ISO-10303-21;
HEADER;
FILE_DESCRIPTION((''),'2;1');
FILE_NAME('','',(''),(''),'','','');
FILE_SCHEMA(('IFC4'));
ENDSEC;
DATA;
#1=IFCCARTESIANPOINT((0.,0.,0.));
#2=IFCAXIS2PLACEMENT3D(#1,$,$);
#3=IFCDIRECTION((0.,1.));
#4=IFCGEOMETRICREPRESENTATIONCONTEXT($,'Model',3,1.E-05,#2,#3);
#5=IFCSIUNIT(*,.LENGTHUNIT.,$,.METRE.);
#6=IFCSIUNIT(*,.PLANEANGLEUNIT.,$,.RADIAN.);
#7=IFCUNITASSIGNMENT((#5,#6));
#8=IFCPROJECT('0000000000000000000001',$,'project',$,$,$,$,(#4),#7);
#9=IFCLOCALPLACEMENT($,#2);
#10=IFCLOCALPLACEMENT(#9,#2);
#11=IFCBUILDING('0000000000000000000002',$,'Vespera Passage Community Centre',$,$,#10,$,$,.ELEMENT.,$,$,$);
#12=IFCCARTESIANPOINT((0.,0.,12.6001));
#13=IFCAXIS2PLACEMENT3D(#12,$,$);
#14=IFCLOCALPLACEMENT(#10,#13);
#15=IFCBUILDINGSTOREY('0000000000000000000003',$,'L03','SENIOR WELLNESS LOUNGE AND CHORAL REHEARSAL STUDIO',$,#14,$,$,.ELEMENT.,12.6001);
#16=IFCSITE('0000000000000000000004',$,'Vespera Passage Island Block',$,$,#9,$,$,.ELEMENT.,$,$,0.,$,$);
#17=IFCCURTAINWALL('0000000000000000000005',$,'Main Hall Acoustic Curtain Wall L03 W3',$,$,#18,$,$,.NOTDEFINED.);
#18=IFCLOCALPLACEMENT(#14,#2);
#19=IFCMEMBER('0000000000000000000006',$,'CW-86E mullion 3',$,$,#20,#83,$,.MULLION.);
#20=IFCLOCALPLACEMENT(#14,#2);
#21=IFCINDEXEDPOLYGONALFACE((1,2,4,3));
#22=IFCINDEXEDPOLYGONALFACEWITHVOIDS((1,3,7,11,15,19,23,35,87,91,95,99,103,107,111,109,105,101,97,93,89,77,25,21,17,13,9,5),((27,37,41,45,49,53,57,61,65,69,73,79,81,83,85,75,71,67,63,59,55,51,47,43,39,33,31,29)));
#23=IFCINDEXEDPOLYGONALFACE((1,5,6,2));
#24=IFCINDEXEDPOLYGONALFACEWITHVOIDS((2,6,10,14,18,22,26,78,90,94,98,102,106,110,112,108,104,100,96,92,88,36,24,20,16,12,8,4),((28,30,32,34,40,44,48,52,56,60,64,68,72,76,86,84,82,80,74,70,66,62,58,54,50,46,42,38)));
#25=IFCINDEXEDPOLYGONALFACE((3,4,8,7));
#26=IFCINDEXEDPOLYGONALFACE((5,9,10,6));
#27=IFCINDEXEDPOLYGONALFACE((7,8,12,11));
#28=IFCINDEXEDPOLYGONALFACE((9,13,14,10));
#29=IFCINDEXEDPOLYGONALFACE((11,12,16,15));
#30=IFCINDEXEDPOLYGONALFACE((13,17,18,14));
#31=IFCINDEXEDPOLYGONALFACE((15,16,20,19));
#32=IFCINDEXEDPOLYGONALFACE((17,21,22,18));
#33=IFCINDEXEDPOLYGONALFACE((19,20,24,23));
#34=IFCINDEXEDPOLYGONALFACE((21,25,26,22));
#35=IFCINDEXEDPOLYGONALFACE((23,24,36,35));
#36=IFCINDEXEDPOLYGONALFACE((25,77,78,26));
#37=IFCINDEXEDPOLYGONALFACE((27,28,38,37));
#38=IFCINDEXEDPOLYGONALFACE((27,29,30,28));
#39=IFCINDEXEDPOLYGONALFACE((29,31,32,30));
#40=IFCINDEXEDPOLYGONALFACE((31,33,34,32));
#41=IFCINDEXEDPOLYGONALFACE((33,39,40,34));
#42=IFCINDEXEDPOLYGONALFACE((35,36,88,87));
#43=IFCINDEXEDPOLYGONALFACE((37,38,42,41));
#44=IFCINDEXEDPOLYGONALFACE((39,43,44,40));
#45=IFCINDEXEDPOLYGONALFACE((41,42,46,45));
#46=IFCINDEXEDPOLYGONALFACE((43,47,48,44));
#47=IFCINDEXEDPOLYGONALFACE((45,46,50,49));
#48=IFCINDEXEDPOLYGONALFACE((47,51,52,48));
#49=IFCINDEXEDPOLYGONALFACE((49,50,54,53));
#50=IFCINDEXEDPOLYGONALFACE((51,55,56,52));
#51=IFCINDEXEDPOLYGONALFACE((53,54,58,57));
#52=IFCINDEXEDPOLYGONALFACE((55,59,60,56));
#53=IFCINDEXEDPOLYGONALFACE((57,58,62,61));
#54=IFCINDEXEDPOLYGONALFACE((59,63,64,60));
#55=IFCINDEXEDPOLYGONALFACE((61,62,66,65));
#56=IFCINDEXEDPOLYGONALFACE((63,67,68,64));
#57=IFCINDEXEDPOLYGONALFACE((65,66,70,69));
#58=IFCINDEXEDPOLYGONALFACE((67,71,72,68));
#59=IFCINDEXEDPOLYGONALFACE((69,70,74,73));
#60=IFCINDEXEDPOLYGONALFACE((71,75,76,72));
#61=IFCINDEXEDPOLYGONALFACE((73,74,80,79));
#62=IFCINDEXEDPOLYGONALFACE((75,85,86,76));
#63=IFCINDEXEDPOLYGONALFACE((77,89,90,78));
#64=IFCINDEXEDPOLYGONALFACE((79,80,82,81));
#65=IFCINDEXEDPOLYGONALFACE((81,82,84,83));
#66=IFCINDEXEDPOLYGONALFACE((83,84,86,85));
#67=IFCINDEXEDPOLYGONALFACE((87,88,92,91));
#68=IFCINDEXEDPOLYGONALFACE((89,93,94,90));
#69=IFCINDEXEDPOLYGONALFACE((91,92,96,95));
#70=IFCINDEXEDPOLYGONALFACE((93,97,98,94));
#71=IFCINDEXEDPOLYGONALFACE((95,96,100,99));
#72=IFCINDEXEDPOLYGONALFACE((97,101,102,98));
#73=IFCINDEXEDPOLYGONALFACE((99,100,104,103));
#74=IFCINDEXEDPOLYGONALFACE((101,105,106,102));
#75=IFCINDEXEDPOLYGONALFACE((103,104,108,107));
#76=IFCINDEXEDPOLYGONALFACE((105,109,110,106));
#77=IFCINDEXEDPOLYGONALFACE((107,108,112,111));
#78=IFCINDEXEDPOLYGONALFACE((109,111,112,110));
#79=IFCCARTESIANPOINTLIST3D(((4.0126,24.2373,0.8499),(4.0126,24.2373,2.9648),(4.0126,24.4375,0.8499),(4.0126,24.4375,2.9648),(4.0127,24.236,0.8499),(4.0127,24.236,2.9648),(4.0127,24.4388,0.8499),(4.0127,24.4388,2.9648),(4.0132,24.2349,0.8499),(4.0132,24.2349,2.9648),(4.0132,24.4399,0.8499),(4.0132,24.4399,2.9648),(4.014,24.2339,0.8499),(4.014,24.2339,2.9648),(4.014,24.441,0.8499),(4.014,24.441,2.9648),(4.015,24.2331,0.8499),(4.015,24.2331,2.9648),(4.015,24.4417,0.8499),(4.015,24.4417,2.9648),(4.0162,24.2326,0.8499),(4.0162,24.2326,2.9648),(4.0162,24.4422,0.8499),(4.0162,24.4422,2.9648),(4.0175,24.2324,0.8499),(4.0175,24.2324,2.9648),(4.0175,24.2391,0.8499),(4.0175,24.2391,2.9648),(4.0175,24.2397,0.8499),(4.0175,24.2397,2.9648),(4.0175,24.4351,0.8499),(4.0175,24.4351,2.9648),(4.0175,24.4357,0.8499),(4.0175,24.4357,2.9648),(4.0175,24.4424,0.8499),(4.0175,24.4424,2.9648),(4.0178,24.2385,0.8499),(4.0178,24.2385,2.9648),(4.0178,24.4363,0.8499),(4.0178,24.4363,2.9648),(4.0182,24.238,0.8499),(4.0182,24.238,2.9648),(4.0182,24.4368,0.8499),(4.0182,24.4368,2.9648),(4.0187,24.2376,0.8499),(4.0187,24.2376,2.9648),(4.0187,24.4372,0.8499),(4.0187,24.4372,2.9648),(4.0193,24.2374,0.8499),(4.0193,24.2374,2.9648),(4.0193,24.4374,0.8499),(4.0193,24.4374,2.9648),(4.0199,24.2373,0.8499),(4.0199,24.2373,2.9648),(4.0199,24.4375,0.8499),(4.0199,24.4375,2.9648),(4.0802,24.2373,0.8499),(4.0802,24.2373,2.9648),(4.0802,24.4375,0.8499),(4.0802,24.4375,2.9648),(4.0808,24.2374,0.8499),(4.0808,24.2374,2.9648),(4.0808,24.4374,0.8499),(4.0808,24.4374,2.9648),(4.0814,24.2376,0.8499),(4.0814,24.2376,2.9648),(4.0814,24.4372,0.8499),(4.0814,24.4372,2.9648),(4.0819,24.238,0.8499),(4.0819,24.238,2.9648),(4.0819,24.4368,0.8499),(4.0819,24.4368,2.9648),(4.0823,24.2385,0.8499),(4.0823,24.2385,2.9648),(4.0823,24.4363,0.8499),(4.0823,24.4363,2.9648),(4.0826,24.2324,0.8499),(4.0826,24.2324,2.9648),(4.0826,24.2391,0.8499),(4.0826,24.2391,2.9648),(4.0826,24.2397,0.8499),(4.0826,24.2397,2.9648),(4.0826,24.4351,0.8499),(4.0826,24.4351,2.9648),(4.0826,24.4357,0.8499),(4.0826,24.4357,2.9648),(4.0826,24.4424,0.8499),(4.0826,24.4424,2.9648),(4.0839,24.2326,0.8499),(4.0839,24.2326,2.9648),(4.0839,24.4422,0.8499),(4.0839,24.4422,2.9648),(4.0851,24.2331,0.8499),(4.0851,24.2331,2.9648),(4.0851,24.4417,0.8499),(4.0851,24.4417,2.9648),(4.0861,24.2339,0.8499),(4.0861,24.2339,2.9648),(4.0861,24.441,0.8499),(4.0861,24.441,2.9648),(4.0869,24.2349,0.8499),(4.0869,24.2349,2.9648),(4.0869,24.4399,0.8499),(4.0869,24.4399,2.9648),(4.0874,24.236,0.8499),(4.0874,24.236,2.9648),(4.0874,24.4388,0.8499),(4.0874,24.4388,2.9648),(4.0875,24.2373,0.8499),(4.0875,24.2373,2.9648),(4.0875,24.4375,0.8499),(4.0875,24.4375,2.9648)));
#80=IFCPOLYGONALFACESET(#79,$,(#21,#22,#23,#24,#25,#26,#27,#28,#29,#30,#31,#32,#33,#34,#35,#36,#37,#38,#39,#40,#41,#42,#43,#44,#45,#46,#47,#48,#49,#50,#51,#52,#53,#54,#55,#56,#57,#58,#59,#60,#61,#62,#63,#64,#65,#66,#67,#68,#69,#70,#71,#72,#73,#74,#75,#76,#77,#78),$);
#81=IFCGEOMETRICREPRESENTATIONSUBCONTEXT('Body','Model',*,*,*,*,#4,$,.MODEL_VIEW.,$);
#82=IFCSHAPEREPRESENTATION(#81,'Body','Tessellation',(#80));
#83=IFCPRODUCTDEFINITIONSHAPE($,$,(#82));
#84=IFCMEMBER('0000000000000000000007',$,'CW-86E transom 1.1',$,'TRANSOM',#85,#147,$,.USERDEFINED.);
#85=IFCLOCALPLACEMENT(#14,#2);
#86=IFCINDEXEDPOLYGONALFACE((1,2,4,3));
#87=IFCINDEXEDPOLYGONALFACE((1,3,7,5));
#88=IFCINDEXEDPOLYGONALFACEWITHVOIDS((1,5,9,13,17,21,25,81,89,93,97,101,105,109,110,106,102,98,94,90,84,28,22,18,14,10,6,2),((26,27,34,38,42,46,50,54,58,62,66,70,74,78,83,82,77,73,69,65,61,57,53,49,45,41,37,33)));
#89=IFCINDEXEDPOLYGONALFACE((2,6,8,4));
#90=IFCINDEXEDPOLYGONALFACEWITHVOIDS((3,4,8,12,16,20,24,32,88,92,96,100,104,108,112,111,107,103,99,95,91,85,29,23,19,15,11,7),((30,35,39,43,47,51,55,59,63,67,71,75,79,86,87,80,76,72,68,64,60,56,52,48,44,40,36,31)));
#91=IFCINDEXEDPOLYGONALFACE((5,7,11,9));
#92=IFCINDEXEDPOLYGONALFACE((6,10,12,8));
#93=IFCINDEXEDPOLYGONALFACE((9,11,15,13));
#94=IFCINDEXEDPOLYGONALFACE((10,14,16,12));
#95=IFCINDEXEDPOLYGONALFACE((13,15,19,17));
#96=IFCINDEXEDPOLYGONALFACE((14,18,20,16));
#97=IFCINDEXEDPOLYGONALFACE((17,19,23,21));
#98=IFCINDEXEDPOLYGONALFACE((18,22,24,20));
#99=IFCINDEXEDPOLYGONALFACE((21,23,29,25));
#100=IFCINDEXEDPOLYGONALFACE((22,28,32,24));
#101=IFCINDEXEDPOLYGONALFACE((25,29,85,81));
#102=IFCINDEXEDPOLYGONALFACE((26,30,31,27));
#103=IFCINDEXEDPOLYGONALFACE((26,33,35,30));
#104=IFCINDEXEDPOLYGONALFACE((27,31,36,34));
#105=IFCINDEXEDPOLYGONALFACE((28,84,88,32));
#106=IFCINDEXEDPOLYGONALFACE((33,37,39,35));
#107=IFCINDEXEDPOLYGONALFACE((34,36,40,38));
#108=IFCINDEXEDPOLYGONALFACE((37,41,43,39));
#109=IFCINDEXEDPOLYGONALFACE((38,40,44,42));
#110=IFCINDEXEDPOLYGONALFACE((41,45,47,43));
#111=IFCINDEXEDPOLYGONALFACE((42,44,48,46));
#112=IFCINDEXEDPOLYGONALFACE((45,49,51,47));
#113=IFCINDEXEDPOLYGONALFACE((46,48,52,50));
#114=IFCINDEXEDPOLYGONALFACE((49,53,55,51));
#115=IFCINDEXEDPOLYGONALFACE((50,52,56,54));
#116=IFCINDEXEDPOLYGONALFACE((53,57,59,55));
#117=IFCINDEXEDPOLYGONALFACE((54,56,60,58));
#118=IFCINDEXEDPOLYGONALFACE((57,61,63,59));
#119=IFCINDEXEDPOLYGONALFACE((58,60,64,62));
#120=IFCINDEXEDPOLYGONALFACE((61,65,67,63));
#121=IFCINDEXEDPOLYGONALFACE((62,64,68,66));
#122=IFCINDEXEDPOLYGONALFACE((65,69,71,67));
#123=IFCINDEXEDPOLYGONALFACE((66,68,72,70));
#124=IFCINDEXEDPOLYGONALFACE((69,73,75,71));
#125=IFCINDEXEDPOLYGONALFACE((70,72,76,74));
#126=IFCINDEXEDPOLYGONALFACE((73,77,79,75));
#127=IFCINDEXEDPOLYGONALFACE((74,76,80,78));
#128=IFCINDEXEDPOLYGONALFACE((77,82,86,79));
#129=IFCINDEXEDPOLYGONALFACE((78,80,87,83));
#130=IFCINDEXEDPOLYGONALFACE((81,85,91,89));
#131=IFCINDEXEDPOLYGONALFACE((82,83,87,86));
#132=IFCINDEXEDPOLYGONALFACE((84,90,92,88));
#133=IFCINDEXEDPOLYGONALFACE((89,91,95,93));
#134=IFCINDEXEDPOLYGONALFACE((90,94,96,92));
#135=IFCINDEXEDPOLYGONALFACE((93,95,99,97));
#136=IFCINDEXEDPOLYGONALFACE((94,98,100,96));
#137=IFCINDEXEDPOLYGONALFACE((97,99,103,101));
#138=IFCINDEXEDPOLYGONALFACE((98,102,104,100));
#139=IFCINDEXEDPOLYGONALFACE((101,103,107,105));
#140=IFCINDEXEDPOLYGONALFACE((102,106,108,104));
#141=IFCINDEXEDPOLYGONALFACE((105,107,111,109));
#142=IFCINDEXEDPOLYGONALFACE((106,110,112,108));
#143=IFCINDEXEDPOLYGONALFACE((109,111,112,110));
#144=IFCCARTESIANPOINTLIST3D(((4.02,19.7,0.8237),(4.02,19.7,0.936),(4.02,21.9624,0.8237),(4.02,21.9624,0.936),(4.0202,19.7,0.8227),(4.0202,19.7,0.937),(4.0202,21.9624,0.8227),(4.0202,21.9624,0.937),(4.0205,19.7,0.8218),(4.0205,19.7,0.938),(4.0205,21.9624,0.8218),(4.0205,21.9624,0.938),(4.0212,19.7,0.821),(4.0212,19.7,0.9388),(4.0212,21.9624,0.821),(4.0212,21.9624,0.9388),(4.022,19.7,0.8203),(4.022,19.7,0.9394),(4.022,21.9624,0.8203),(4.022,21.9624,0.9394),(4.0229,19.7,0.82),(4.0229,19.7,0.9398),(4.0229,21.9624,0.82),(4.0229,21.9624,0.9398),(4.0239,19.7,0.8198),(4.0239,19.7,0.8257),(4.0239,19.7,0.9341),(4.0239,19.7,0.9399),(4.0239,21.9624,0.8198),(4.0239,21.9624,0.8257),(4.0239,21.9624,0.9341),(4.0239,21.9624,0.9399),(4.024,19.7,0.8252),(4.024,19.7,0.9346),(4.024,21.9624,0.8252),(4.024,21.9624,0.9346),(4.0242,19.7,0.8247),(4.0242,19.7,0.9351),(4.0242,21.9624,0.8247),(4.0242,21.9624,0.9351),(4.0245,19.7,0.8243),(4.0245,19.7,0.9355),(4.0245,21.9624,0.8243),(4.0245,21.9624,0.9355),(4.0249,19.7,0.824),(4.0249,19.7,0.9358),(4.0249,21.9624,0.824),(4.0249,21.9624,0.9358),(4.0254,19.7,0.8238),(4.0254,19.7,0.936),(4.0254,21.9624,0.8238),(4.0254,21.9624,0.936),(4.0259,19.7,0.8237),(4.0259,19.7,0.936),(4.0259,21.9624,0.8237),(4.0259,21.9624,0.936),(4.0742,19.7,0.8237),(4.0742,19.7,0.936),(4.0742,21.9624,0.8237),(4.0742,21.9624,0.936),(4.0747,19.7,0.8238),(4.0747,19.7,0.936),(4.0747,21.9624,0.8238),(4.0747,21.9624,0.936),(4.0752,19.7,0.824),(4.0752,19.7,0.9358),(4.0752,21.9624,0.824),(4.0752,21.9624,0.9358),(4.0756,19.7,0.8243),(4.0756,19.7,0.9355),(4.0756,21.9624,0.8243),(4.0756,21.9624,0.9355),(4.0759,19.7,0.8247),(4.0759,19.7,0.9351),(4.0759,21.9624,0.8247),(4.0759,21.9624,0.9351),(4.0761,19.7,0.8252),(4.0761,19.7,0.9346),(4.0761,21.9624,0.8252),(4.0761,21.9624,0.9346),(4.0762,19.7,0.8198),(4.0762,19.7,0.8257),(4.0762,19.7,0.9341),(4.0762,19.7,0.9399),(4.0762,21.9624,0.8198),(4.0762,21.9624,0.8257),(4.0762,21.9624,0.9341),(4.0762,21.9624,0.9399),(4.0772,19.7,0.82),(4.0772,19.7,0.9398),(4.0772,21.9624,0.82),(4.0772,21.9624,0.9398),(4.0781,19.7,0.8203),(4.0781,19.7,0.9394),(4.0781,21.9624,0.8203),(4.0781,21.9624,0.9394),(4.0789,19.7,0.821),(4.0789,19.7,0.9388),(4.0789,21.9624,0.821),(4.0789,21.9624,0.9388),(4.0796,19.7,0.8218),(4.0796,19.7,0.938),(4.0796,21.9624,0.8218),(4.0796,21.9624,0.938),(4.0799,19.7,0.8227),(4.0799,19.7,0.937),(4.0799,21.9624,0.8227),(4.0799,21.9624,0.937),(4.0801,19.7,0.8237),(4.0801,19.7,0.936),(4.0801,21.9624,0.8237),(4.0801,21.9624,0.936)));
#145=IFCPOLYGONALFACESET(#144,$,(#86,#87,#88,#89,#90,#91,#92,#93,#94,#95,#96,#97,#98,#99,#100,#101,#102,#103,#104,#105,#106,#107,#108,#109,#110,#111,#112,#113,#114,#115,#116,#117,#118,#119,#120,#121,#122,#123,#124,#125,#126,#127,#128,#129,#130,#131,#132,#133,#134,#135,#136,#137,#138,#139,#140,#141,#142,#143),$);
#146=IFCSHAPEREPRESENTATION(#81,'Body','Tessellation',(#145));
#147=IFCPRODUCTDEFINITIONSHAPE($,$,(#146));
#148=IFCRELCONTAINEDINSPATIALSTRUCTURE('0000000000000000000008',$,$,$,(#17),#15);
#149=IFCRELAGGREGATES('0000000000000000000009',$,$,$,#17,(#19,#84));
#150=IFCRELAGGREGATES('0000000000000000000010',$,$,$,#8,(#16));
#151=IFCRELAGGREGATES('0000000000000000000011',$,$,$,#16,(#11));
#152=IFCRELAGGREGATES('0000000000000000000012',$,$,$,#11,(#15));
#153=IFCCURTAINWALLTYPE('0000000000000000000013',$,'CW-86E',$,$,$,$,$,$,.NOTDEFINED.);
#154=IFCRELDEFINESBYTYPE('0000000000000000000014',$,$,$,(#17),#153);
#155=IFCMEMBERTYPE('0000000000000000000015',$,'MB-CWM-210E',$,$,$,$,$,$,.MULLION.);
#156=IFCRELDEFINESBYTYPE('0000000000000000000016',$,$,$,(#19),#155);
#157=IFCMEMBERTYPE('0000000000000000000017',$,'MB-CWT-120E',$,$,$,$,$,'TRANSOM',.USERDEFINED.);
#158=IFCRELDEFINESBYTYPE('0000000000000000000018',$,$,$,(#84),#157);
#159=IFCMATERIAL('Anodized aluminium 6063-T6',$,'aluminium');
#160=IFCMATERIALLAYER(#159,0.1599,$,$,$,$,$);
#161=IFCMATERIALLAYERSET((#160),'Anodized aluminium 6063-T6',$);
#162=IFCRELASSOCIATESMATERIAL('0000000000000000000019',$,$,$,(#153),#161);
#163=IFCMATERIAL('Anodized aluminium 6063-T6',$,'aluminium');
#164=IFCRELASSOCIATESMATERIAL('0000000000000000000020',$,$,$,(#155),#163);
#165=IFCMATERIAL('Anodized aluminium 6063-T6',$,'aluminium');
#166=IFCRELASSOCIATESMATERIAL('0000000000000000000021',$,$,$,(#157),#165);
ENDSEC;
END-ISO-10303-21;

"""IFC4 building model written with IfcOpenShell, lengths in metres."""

from ifc_helpers import new_model, si_unit, direction, frame, origin, origin_2d, place, context, subcontext, project, spatial, hollow_rectangle, extrude, material, layer, layer_set, material_profile, profile_set, type_object, element, aggregate, save


model = new_model("IFC4")

# Units and contexts
model_context = context("Model", 3, precision=1e-05, world=origin(), true_north=direction((0.0, 1.0)))
body_context = subcontext(model_context, "Body", "Model", "MODEL_VIEW")
ifc_project = project(units=[si_unit("LENGTHUNIT", "METRE"), si_unit("PLANEANGLEUNIT", "RADIAN")], contexts=[model_context])

# Site, building, storey
site_placement = place(None, origin())
site = spatial("IfcSite", under=ifc_project, at=site_placement, Name="Vespera Passage Island Block", CompositionType="ELEMENT", RefElevation=0.0)
building_placement = place(site_placement, origin())
building = spatial("IfcBuilding", under=site, at=building_placement, Name="Vespera Passage Community Centre", CompositionType="ELEMENT")
storey_placement = place(building_placement, frame((0.0, 0.0, 12.6001)))
storey = spatial("IfcBuildingStorey", under=building, at=storey_placement, Name="L03", Description="SENIOR WELLNESS LOUNGE AND CHORAL REHEARSAL STUDIO", CompositionType="ELEMENT", Elevation=12.6001)

# Shared definitions
ifc_material_1 = material(Name="Anodized aluminium 6063-T6", Category="aluminium")
ifc_layer_1 = layer(ifc_material_1, 0.1599)
ifc_layer_set_1 = layer_set([ifc_layer_1], Name="Anodized aluminium 6063-T6")
curtain_wall_type = type_object("IfcCurtainWallType", Name="CW-86E", PredefinedType="NOTDEFINED", material=ifc_layer_set_1)
ifc_material_2 = material(Name="Anodized aluminium 6063-T6", Category="aluminium")
ifc_material_profile_1 = material_profile(ifc_material_2, hollow_rectangle(XDim=0.075, YDim=0.21, WallThickness=0.0049, InnerFilletRadius=0.0024, OuterFilletRadius=0.0049, at=origin_2d()), Name="ALU210X75X5")
ifc_profile_set_1 = profile_set([ifc_material_profile_1], Name="Anodized aluminium 6063-T6")
member_type_1 = type_object("IfcMemberType", Name="MB-CWM-210E", PredefinedType="MULLION", material=ifc_profile_set_1)

# Curtain wall, members
curtain_wall_1_placement = place(storey_placement, origin())
curtain_wall_1 = element("IfcCurtainWall", 1, at=curtain_wall_1_placement, inside=storey, type_object=curtain_wall_type, Name="Main Hall Acoustic Curtain Wall L03 W3", PredefinedType="NOTDEFINED")
member_1_placement = place(storey_placement, frame((4.05, 24.3374, 0.8499), z_axis=(0.0, 0.0, 1.0), x_axis=(-1.0, 0.0, 0.0)))
member_1 = element("IfcMember", 2, at=member_1_placement, type_object=member_type_1, Name="CW-86E mullion 3", PredefinedType="MULLION", context=body_context, shape_type="SweptSolid", body=[
    extrude(hollow_rectangle(XDim=0.075, YDim=0.21, WallThickness=0.0049, InnerFilletRadius=0.0024, OuterFilletRadius=0.0049, at=origin_2d()), origin(), (0.0, 0.0, 1.0), 2.115),
])
ifc_material_3 = material(Name="Anodized aluminium 6063-T6", Category="aluminium")
ifc_material_profile_2 = material_profile(ifc_material_3, hollow_rectangle(XDim=0.0601, YDim=0.1201, WallThickness=0.0039, InnerFilletRadius=0.002, OuterFilletRadius=0.0039, at=origin_2d()), Name="ALU120X60X4")
ifc_profile_set_2 = profile_set([ifc_material_profile_2], Name="Anodized aluminium 6063-T6")
member_type_2 = type_object("IfcMemberType", Name="MB-CWT-120E", ElementType="TRANSOM", PredefinedType="USERDEFINED", material=ifc_profile_set_2)
member_2_placement = place(storey_placement, frame((4.05, 19.7, 0.8799), z_axis=(0.0, 1.0, 0.0), x_axis=(-1.0, 0.0, 0.0)))
member_2 = element("IfcMember", 3, at=member_2_placement, type_object=member_type_2, Name="CW-86E transom 1.1", ObjectType="TRANSOM", PredefinedType="USERDEFINED", context=body_context, shape_type="SweptSolid", body=[
    extrude(hollow_rectangle(XDim=0.0601, YDim=0.1201, WallThickness=0.0039, InnerFilletRadius=0.002, OuterFilletRadius=0.0039, at=origin_2d()), origin(), (0.0, 0.0, 1.0), 2.2625),
])

aggregate(curtain_wall_1, [member_1, member_2])

save(model, "model.ifc")
